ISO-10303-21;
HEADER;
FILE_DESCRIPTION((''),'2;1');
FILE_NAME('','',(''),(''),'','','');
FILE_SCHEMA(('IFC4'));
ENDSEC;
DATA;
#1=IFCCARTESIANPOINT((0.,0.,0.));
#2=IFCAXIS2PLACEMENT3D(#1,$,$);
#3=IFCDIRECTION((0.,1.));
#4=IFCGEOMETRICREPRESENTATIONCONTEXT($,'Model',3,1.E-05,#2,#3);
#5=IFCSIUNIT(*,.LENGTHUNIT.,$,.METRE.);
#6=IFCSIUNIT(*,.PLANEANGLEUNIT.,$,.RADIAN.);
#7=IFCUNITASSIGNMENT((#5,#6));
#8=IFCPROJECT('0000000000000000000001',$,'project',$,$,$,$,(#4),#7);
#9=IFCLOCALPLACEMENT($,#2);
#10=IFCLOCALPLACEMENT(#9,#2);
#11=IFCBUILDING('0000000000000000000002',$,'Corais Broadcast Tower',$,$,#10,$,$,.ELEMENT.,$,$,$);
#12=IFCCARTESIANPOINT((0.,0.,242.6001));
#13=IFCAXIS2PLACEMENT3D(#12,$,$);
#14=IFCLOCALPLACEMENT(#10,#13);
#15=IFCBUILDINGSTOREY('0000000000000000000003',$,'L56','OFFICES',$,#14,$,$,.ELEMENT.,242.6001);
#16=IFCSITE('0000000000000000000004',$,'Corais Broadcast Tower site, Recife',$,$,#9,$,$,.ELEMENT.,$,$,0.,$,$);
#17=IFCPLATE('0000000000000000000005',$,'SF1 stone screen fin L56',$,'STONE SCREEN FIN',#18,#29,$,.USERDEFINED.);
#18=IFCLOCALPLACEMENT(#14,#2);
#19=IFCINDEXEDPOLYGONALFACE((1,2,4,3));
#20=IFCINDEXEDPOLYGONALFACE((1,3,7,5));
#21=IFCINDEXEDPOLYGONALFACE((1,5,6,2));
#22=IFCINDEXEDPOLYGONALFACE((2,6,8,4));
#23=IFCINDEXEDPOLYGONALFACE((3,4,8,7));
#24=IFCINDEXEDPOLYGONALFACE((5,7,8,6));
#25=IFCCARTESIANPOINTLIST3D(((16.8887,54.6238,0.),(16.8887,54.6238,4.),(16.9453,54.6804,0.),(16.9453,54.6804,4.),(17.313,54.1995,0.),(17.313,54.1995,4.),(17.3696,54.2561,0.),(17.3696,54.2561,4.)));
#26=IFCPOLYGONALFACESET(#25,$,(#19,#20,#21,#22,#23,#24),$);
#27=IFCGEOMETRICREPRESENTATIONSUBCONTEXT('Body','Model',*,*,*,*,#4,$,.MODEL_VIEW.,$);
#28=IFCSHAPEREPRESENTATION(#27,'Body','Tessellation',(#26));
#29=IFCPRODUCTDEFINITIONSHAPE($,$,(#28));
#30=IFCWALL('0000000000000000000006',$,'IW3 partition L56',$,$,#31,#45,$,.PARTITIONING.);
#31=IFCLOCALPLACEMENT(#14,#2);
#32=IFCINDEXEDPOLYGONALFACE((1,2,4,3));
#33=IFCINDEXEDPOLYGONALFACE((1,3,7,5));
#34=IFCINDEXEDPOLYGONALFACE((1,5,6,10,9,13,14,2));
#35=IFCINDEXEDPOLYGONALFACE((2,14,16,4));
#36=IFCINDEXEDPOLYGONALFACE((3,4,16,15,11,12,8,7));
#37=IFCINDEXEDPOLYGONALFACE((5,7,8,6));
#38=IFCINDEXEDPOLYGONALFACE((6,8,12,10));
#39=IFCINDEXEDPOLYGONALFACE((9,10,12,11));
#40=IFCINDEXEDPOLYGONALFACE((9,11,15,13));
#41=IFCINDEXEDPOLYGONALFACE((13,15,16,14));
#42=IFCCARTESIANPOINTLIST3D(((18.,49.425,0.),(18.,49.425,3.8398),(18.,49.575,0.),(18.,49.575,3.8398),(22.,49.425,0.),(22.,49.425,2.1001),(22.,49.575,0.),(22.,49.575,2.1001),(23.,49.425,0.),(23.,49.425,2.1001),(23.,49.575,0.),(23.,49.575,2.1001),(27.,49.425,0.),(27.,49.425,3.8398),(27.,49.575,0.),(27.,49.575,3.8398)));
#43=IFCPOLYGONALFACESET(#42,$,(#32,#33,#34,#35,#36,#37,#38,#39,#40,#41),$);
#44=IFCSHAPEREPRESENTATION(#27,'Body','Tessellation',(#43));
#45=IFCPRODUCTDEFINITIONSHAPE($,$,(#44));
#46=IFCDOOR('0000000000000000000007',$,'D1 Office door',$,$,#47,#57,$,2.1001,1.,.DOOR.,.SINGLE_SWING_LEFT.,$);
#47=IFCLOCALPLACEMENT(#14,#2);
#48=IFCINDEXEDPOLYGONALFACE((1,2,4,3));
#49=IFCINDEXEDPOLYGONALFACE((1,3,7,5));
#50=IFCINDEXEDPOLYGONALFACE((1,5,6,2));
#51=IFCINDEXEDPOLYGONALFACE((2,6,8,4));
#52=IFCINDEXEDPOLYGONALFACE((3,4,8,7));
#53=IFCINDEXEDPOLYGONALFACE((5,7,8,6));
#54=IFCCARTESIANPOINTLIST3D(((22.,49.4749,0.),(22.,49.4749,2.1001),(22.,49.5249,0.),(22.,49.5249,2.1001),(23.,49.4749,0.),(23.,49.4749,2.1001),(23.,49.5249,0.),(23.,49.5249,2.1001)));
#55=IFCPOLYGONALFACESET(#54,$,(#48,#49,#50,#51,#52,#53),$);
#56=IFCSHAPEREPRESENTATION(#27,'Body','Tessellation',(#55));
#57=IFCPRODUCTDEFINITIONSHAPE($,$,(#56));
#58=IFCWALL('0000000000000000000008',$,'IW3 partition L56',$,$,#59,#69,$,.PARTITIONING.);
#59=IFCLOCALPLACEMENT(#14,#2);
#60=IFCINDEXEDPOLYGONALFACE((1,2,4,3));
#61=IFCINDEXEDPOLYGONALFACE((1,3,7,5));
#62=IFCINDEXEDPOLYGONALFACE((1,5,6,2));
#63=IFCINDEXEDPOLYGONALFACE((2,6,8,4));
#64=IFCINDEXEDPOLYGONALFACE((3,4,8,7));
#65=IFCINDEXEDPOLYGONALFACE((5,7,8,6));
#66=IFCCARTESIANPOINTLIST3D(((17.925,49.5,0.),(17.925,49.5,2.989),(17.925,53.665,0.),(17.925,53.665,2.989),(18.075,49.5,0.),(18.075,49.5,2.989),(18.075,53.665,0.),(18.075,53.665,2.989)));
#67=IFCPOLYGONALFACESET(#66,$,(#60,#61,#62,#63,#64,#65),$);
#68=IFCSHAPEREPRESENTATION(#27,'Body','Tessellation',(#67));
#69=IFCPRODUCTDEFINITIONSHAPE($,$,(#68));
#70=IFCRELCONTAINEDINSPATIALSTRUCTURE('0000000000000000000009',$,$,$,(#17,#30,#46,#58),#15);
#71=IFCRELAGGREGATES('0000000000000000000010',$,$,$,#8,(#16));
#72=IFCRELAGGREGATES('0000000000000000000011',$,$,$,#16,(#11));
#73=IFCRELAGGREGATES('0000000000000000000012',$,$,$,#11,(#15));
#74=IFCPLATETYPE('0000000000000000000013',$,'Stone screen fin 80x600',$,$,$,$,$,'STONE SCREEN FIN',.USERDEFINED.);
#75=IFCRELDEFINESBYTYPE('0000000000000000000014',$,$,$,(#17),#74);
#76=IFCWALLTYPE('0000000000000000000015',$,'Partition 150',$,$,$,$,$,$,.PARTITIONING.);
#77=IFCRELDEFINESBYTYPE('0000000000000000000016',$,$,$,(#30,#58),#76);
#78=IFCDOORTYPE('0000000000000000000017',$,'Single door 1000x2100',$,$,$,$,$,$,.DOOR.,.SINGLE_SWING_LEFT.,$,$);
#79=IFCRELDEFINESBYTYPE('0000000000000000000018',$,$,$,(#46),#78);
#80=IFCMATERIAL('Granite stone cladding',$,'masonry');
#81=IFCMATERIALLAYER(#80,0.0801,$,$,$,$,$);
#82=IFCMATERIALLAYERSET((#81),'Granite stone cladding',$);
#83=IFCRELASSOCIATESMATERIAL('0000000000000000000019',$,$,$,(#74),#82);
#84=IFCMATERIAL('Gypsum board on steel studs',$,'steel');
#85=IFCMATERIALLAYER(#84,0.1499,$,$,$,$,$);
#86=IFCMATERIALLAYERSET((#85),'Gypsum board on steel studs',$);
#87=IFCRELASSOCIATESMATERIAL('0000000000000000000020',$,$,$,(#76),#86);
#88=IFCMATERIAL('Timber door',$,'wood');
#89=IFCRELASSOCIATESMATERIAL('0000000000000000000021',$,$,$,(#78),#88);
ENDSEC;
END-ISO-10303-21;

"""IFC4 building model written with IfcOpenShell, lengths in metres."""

from ifc_helpers import new_model, si_unit, direction, frame, frame_2d, origin, origin_2d, place, context, subcontext, project, spatial, rectangle, extrude, material, layer, layer_set, type_object, element, fill, save


model = new_model("IFC4")

# Units and contexts
model_context = context("Model", 3, precision=1e-05, world=origin(), true_north=direction((0.0, 1.0)))
body_context = subcontext(model_context, "Body", "Model", "MODEL_VIEW")
ifc_project = project(units=[si_unit("LENGTHUNIT", "METRE"), si_unit("PLANEANGLEUNIT", "RADIAN")], contexts=[model_context])

# Site, building, storey
site_placement = place(None, origin())
site = spatial("IfcSite", under=ifc_project, at=site_placement, Name="Corais Broadcast Tower site, Recife", CompositionType="ELEMENT", RefElevation=0.0)
building_placement = place(site_placement, origin())
building = spatial("IfcBuilding", under=site, at=building_placement, Name="Corais Broadcast Tower", CompositionType="ELEMENT")
storey_placement = place(building_placement, frame((0.0, 0.0, 242.6001)))
storey = spatial("IfcBuildingStorey", under=building, at=storey_placement, Name="L56", Description="OFFICES", CompositionType="ELEMENT", Elevation=242.6001)

# Plate
ifc_material_1 = material(Name="Granite stone cladding", Category="masonry")
ifc_layer_1 = layer(ifc_material_1, 0.0801)
ifc_layer_set_1 = layer_set([ifc_layer_1], Name="Granite stone cladding")
plate_type_1 = type_object("IfcPlateType", Name="Stone screen fin 80x600", ElementType="STONE SCREEN FIN", PredefinedType="USERDEFINED", material=ifc_layer_set_1)
plate_1_placement = place(storey_placement, frame((17.1292, 54.4399, 0.0), z_axis=(0.0, 0.0, 1.0), x_axis=(0.707107, 0.707107, 0.0)))
element("IfcPlate", 1, at=plate_1_placement, inside=storey, type_object=plate_type_1, Name="SF1 stone screen fin L56", ObjectType="STONE SCREEN FIN", PredefinedType="USERDEFINED", context=body_context, shape_type="SweptSolid", body=[
    extrude(rectangle(XDim=0.0801, YDim=0.6001, at=origin_2d()), origin(), (0.0, 0.0, 1.0), 4.0),
])

# Wall, opening, door
ifc_material_2 = material(Name="Gypsum board on steel studs", Category="steel")
ifc_layer_2 = layer(ifc_material_2, 0.1499)
ifc_layer_set_2 = layer_set([ifc_layer_2], Name="Gypsum board on steel studs")
wall_type = type_object("IfcWallType", Name="Partition 150", PredefinedType="PARTITIONING", material=ifc_layer_set_2)
wall_1_placement = place(storey_placement, frame((18.0, 49.5, 0.0), z_axis=(0.0, 0.0, 1.0), x_axis=(1.0, 0.0, 0.0)))
wall_1 = element("IfcWall", 2, at=wall_1_placement, inside=storey, type_object=wall_type, Name="IW3 partition L56", PredefinedType="PARTITIONING", context=body_context, shape_type="SweptSolid", body=[
    extrude(rectangle(XDim=9.0, YDim=0.1499, at=frame_2d((4.5, 0.0))), origin(), (0.0, 0.0, 1.0), 3.8398),
])
opening_placement = place(wall_1_placement, frame((4.0, 0.0, 0.0)))
opening = element("IfcOpeningElement", 3, at=opening_placement, cuts=wall_1, PredefinedType="OPENING", context=body_context, shape_type="SweptSolid", body=[
    extrude(rectangle(XDim=1.0, YDim=2.1001, at=frame_2d((0.5, 1.05))), frame((0.0, 0.085, 0.0), z_axis=(0.0, -1.0, 0.0), x_axis=(1.0, 0.0, 0.0)), (0.0, 0.0, 1.0), 0.1699),
])
ifc_material_3 = material(Name="Timber door", Category="wood")
door_type = type_object("IfcDoorType", Name="Single door 1000x2100", OperationType="SINGLE_SWING_LEFT", PredefinedType="DOOR", material=ifc_material_3)
door_placement = place(opening_placement, origin())
door = element("IfcDoor", 4, at=door_placement, inside=storey, type_object=door_type, Name="D1 Office door", OperationType="SINGLE_SWING_LEFT", OverallHeight=2.1001, OverallWidth=1.0, PredefinedType="DOOR", context=body_context, shape_type="SweptSolid", body=[
    extrude(rectangle(XDim=1.0, YDim=2.1001, at=frame_2d((0.5, 1.05))), frame((0.0, 0.0249, 0.0), z_axis=(0.0, -1.0, 0.0), x_axis=(1.0, 0.0, 0.0)), (0.0, 0.0, 1.0), 0.05),
])
fill(opening, door)

# Wall
wall_2_placement = place(storey_placement, frame((18.0, 53.665, 0.0), z_axis=(0.0, 0.0, 1.0), x_axis=(0.0, -1.0, 0.0)))
element("IfcWall", 5, at=wall_2_placement, inside=storey, type_object=wall_type, Name="IW3 partition L56", PredefinedType="PARTITIONING", context=body_context, shape_type="SweptSolid", body=[
    extrude(rectangle(XDim=4.165, YDim=0.1499, at=frame_2d((2.0825, 0.0))), origin(), (0.0, 0.0, 1.0), 2.989),
])

save(model, "model.ifc")
